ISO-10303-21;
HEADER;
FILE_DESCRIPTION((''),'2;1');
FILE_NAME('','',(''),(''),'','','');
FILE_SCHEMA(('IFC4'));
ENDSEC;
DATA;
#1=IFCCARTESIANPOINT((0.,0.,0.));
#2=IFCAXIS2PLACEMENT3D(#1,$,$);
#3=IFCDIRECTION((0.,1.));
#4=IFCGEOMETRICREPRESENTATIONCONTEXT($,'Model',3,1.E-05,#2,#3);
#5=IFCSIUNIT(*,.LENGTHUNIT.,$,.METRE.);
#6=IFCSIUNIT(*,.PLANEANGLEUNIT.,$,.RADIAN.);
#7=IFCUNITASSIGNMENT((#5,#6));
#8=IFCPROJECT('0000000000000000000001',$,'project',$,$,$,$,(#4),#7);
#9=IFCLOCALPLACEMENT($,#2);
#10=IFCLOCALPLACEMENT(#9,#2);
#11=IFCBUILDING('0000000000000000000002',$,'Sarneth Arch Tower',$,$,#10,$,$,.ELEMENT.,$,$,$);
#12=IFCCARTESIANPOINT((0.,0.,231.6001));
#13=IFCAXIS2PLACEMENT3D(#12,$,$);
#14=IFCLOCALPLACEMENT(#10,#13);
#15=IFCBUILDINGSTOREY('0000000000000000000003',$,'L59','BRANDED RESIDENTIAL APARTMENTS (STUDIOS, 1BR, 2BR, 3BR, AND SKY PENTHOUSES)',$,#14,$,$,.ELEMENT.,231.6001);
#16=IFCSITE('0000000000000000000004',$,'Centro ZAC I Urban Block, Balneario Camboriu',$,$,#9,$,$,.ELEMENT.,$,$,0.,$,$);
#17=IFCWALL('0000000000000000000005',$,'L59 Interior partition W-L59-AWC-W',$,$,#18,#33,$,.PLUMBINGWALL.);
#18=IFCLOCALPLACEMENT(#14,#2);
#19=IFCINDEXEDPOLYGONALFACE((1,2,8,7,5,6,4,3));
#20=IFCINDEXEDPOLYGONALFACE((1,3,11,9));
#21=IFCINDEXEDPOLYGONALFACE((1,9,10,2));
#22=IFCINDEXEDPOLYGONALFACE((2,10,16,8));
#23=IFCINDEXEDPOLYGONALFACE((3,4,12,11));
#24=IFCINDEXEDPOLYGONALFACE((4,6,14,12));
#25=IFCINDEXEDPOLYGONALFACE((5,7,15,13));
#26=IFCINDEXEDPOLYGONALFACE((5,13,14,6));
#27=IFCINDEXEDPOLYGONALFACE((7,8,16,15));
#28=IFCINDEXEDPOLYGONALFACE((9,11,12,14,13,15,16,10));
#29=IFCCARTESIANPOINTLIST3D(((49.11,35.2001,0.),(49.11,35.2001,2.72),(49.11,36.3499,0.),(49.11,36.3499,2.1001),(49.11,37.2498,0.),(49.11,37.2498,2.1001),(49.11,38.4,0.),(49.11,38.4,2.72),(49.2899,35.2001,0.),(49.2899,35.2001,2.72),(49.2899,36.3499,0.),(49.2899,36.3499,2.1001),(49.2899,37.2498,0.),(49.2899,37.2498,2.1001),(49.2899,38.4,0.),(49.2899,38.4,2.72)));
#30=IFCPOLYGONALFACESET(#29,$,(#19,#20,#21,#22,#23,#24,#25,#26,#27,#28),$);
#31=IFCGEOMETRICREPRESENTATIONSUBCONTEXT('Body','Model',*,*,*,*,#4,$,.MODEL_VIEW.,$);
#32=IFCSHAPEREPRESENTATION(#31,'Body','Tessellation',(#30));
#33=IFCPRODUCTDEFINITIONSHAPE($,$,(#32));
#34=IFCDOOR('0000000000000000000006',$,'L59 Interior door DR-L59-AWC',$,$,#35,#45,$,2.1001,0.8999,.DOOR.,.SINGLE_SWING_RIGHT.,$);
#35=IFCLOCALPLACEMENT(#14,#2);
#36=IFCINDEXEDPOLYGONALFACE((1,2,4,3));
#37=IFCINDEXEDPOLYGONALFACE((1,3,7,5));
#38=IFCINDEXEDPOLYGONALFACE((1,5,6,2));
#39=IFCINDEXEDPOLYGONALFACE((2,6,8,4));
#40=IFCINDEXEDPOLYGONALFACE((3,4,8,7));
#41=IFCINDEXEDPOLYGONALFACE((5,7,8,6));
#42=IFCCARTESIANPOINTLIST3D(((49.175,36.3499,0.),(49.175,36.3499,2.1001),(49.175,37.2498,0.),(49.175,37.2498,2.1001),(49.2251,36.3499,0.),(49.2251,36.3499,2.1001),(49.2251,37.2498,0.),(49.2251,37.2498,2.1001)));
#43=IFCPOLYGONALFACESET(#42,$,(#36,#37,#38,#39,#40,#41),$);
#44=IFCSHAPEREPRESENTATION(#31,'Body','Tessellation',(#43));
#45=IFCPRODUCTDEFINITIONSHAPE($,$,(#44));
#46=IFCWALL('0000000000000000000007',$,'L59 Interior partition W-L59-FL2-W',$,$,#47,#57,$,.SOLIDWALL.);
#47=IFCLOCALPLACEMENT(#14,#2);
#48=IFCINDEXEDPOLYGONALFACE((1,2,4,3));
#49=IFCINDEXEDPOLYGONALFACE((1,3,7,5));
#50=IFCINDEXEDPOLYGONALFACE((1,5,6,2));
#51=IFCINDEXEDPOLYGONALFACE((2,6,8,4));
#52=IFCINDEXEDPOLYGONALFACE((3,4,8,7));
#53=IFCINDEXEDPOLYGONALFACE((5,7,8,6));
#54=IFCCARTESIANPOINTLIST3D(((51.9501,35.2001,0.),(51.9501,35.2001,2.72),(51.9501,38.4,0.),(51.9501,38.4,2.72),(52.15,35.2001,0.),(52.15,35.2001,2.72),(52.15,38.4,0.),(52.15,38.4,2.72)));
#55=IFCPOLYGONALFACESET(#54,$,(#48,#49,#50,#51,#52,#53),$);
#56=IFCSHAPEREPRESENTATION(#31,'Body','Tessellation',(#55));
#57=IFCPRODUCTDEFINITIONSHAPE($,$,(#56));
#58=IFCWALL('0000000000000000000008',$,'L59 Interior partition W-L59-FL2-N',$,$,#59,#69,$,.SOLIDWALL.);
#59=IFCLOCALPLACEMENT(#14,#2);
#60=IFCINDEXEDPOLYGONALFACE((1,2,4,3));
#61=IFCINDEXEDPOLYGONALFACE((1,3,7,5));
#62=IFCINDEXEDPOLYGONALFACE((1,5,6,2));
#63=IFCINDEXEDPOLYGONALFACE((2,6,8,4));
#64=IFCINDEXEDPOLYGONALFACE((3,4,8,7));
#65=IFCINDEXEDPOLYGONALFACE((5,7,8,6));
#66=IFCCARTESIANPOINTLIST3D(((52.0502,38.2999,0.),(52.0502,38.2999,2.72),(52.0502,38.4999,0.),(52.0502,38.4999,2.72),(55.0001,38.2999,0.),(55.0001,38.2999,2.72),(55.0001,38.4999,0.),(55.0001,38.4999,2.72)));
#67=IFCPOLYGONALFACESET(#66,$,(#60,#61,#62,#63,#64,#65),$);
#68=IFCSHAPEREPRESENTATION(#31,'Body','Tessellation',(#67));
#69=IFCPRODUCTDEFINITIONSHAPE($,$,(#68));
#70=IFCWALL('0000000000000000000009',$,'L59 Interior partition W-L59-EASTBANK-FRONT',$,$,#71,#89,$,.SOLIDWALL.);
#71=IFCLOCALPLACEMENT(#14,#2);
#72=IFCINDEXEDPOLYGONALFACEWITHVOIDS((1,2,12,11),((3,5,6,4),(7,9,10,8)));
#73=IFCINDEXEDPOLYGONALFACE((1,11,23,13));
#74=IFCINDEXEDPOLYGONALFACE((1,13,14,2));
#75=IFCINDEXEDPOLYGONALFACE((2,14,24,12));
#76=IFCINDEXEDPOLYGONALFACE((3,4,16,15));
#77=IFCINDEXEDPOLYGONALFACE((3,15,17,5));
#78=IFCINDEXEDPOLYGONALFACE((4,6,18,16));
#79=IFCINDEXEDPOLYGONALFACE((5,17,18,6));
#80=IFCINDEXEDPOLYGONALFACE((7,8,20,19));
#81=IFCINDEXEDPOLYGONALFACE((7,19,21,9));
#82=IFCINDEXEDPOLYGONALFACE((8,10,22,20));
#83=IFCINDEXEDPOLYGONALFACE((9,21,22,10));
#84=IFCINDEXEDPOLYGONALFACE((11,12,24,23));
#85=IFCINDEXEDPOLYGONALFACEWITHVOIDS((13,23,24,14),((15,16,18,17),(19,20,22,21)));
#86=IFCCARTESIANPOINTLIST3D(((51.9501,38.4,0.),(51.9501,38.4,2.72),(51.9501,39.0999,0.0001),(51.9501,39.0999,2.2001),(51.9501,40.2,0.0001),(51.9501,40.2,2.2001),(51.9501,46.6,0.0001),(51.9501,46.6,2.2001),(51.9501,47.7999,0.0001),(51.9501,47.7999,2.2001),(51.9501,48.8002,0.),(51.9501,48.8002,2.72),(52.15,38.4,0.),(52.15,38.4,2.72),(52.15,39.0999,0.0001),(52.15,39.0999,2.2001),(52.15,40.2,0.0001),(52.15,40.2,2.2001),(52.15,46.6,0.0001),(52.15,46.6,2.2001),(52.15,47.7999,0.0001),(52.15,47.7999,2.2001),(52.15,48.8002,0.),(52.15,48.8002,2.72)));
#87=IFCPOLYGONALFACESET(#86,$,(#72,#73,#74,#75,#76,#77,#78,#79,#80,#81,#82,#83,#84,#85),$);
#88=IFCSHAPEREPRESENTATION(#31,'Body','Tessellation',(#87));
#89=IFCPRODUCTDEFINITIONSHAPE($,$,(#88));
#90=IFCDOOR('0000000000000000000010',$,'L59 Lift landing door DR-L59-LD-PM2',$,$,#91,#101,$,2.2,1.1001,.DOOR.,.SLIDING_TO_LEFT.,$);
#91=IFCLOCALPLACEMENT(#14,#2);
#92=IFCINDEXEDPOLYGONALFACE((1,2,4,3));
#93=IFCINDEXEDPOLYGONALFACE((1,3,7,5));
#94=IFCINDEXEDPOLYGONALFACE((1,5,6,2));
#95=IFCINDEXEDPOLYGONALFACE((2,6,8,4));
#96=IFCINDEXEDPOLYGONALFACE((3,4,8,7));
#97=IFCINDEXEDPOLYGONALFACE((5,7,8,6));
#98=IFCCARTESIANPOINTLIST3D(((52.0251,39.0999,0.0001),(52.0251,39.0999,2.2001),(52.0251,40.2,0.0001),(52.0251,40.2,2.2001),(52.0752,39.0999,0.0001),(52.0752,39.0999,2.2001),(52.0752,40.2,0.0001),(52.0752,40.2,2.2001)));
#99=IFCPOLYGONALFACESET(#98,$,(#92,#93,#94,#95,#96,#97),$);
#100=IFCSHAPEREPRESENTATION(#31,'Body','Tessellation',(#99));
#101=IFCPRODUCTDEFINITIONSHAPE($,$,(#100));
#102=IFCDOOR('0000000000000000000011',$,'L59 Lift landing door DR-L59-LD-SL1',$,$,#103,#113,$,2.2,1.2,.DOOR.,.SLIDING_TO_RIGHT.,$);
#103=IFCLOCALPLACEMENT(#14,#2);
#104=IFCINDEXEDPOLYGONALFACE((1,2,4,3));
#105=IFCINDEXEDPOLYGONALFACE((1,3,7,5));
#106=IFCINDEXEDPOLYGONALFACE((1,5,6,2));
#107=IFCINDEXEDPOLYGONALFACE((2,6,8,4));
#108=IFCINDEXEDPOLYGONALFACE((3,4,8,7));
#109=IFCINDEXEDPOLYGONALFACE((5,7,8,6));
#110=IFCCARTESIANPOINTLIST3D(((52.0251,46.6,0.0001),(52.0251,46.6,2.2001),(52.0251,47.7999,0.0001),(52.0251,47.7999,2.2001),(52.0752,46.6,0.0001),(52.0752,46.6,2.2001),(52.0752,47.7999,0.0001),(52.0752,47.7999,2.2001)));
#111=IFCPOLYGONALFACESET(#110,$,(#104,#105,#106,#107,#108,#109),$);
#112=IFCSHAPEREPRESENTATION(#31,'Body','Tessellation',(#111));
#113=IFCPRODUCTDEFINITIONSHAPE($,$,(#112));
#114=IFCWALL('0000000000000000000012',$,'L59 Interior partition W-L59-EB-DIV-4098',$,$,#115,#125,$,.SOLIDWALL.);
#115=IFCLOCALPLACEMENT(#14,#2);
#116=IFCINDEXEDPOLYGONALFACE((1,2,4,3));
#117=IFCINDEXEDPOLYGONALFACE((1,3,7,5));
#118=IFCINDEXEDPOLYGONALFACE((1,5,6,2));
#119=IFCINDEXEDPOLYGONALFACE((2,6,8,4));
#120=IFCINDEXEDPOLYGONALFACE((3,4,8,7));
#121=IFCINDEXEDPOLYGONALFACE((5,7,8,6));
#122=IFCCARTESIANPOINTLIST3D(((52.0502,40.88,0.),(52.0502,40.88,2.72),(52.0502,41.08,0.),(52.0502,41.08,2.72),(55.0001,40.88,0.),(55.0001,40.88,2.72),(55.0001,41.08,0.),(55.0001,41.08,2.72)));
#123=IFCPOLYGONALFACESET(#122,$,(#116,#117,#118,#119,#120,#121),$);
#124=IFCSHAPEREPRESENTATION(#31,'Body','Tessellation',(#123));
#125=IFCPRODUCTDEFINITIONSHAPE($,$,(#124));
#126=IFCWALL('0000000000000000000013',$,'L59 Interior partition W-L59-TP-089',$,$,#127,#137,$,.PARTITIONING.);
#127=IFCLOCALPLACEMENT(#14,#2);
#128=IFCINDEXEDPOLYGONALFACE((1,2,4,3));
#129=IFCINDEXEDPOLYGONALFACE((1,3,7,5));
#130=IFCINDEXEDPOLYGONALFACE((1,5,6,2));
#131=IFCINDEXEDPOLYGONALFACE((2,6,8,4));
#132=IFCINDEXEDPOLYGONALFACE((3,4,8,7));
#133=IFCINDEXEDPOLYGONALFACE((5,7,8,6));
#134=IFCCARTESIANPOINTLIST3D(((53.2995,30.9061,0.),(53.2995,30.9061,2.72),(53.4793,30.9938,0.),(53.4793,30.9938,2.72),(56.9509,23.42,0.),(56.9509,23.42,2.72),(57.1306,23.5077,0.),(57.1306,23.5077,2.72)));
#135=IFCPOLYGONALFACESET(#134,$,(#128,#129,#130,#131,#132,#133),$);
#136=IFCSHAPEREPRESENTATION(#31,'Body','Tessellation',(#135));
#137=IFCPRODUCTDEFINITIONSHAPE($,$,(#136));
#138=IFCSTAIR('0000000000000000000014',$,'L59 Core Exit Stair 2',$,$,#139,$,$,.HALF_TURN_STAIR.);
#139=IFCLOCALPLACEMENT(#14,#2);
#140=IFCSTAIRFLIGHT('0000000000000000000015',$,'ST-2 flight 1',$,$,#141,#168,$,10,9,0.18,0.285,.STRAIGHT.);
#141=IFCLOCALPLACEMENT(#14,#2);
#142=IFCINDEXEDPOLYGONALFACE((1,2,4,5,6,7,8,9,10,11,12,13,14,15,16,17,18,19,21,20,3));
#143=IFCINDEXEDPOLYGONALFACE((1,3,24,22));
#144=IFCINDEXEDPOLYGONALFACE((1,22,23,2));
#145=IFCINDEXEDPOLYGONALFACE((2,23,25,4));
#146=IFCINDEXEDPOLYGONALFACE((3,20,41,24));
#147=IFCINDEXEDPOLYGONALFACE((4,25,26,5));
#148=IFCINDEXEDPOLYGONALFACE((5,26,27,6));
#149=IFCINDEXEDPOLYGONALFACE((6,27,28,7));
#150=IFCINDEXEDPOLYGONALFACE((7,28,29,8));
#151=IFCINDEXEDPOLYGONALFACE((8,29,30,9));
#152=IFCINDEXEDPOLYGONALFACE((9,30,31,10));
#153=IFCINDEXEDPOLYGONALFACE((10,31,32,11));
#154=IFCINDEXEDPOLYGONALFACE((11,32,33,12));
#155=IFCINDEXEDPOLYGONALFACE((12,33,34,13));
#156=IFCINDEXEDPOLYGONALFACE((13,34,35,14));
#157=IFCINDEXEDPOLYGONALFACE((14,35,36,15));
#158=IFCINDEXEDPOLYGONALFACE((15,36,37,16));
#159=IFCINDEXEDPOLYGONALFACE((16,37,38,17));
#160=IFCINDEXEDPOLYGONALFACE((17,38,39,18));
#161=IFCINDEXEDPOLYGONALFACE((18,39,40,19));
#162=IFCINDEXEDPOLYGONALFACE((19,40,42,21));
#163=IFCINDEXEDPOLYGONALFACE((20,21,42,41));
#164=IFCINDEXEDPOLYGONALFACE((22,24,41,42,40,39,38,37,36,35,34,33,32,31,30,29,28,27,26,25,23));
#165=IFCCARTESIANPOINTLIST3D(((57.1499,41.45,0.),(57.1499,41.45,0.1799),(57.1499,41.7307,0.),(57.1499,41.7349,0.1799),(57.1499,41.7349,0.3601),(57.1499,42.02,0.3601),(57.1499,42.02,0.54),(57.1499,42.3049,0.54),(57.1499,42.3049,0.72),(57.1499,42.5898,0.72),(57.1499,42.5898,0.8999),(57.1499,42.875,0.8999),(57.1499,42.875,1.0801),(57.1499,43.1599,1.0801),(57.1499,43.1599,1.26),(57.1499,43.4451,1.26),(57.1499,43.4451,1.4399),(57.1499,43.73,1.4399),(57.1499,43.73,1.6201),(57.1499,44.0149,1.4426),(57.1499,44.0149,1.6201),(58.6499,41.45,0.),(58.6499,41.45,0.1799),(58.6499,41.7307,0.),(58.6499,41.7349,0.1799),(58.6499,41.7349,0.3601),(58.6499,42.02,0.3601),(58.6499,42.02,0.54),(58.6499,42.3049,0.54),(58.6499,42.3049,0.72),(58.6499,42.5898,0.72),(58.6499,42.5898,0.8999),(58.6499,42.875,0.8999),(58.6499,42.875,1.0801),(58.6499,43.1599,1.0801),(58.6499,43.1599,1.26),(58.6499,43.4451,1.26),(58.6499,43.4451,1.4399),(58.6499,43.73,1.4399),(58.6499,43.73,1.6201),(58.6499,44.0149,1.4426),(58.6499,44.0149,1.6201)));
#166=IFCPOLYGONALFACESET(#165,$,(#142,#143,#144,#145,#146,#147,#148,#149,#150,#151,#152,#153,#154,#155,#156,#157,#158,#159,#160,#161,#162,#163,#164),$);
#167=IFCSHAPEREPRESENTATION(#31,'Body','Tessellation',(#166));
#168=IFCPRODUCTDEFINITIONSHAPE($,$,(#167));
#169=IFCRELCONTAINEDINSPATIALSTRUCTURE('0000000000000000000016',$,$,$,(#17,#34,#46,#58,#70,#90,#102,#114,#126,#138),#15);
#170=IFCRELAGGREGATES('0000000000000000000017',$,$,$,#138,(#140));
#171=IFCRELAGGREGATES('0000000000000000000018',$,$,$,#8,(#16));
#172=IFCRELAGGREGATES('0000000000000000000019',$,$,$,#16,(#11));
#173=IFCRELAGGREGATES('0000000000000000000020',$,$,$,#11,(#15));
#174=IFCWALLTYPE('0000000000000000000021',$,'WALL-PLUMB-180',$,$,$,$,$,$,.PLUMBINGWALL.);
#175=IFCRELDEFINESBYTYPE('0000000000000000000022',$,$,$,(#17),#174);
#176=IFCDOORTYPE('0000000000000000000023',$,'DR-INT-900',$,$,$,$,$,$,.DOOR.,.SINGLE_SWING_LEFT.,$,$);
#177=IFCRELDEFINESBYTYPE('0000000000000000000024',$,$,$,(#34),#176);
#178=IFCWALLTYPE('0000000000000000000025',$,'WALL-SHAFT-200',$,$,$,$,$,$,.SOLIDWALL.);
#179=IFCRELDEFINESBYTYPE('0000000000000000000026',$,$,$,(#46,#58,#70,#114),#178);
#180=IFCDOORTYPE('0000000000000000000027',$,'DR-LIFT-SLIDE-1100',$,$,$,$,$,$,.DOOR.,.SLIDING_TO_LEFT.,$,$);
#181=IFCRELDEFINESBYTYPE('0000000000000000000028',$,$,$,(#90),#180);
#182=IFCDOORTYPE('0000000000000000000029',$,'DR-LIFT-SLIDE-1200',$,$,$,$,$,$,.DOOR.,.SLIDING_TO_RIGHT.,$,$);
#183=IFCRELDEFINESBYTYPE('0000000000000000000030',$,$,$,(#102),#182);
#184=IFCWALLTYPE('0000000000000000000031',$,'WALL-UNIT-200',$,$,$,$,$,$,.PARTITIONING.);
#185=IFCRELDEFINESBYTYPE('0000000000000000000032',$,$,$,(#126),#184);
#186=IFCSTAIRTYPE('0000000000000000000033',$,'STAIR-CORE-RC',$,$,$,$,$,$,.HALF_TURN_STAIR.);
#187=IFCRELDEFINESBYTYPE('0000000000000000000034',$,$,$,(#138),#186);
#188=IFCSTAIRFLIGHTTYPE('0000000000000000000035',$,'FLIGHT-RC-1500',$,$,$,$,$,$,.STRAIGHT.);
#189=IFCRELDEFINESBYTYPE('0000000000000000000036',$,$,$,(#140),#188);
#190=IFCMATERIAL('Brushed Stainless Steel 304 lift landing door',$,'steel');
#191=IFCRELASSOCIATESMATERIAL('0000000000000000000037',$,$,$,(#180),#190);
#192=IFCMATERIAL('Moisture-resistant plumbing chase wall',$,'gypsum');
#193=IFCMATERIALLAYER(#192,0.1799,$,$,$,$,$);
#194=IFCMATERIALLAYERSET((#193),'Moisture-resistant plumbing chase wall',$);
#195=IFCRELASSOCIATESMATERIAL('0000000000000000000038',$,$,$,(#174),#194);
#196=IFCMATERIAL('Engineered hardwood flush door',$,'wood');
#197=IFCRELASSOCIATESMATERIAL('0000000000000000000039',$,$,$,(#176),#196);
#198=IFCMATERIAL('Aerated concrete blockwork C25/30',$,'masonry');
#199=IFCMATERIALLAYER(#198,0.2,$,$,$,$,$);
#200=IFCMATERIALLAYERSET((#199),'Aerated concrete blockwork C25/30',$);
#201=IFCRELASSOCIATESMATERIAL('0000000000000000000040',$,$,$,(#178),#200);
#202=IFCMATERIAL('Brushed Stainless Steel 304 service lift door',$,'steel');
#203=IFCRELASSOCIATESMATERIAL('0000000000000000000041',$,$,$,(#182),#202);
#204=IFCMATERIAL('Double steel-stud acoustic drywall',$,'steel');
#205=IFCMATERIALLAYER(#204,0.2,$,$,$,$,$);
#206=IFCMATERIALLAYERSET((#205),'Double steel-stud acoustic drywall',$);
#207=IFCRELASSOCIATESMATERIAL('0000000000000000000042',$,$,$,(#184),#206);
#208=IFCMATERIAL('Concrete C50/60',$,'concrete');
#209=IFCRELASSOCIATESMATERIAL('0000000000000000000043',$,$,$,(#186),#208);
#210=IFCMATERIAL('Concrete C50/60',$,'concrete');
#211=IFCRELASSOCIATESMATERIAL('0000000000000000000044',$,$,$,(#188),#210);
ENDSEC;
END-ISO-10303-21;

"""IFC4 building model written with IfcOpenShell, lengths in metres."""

from ifc_helpers import new_model, si_unit, direction, frame, frame_2d, origin, place, context, subcontext, project, spatial, polyline, rectangle, outline, extrude, material, layer, layer_set, type_object, element, fill, aggregate, save


model = new_model("IFC4")

# Units and contexts
model_context = context("Model", 3, precision=1e-05, world=origin(), true_north=direction((0.0, 1.0)))
body_context = subcontext(model_context, "Body", "Model", "MODEL_VIEW")
ifc_project = project(units=[si_unit("LENGTHUNIT", "METRE"), si_unit("PLANEANGLEUNIT", "RADIAN")], contexts=[model_context])

# Site, building, storey
site_placement = place(None, origin())
site = spatial("IfcSite", under=ifc_project, at=site_placement, Name="Centro ZAC I Urban Block, Balneario Camboriu", CompositionType="ELEMENT", RefElevation=0.0)
building_placement = place(site_placement, origin())
building = spatial("IfcBuilding", under=site, at=building_placement, Name="Sarneth Arch Tower", CompositionType="ELEMENT")
storey_placement = place(building_placement, frame((0.0, 0.0, 231.6001)))
storey = spatial("IfcBuildingStorey", under=building, at=storey_placement, Name="L59", Description="BRANDED RESIDENTIAL APARTMENTS (STUDIOS, 1BR, 2BR, 3BR, AND SKY PENTHOUSES)", CompositionType="ELEMENT", Elevation=231.6001)

# Shared definitions
ifc_material_1 = material(Name="Brushed Stainless Steel 304 lift landing door", Category="steel")
door_type_1 = type_object("IfcDoorType", Name="DR-LIFT-SLIDE-1100", OperationType="SLIDING_TO_LEFT", PredefinedType="DOOR", material=ifc_material_1)

# Shared definitions
ifc_material_2 = material(Name="Moisture-resistant plumbing chase wall", Category="gypsum")
ifc_layer_1 = layer(ifc_material_2, 0.1799)
ifc_layer_set_1 = layer_set([ifc_layer_1], Name="Moisture-resistant plumbing chase wall")
wall_type_1 = type_object("IfcWallType", Name="WALL-PLUMB-180", PredefinedType="PLUMBINGWALL", material=ifc_layer_set_1)

# Wall, opening, door
wall_1_placement = place(storey_placement, frame((49.2, 35.2, 0.0), z_axis=(0.0, 0.0, 1.0), x_axis=(0.0, 1.0, 0.0)))
wall_1 = element("IfcWall", 1, at=wall_1_placement, inside=storey, type_object=wall_type_1, Name="L59 Interior partition W-L59-AWC-W", PredefinedType="PLUMBINGWALL", context=body_context, shape_type="SweptSolid", body=[
    extrude(rectangle(XDim=3.2, YDim=0.1799, at=frame_2d((1.6001, 0.0))), origin(), (0.0, 0.0, 1.0), 2.72),
])
opening_1_placement = place(wall_1_placement, frame((1.1499, 0.0, 0.0)))
opening_1 = element("IfcOpeningElement", 2, at=opening_1_placement, cuts=wall_1, PredefinedType="OPENING", context=body_context, shape_type="SweptSolid", body=[
    extrude(rectangle(XDim=0.8999, YDim=2.1001, at=frame_2d((0.45, 1.05))), frame((0.0, 0.0999, 0.0), z_axis=(0.0, -1.0, 0.0), x_axis=(1.0, 0.0, 0.0)), (0.0, 0.0, 1.0), 0.2),
])
ifc_material_3 = material(Name="Engineered hardwood flush door", Category="wood")
door_type_2 = type_object("IfcDoorType", Name="DR-INT-900", OperationType="SINGLE_SWING_LEFT", PredefinedType="DOOR", material=ifc_material_3)
door_1_placement = place(opening_1_placement, origin())
door_1 = element("IfcDoor", 3, at=door_1_placement, inside=storey, type_object=door_type_2, Name="L59 Interior door DR-L59-AWC", OperationType="SINGLE_SWING_RIGHT", OverallHeight=2.1001, OverallWidth=0.8999, PredefinedType="DOOR", context=body_context, shape_type="SweptSolid", body=[
    extrude(rectangle(XDim=0.8999, YDim=2.1001, at=frame_2d((0.45, 1.05))), frame((0.0, 0.0249, 0.0), z_axis=(0.0, -1.0, 0.0), x_axis=(1.0, 0.0, 0.0)), (0.0, 0.0, 1.0), 0.05),
])
fill(opening_1, door_1)
ifc_material_4 = material(Name="Aerated concrete blockwork C25/30", Category="masonry")
ifc_layer_2 = layer(ifc_material_4, 0.2)
ifc_layer_set_2 = layer_set([ifc_layer_2], Name="Aerated concrete blockwork C25/30")
wall_type_2 = type_object("IfcWallType", Name="WALL-SHAFT-200", PredefinedType="SOLIDWALL", material=ifc_layer_set_2)

# Walls
wall_2_placement = place(storey_placement, frame((52.05, 35.2, 0.0), z_axis=(0.0, 0.0, 1.0), x_axis=(0.0, 1.0, 0.0)))
element("IfcWall", 4, at=wall_2_placement, inside=storey, type_object=wall_type_2, Name="L59 Interior partition W-L59-FL2-W", PredefinedType="SOLIDWALL", context=body_context, shape_type="SweptSolid", body=[
    extrude(rectangle(XDim=3.2, YDim=0.2, at=frame_2d((1.6001, 0.0))), origin(), (0.0, 0.0, 1.0), 2.72),
])
wall_3_placement = place(storey_placement, frame((52.05, 38.3999, 0.0), z_axis=(0.0, 0.0, 1.0), x_axis=(1.0, 0.0, 0.0)))
element("IfcWall", 5, at=wall_3_placement, inside=storey, type_object=wall_type_2, Name="L59 Interior partition W-L59-FL2-N", PredefinedType="SOLIDWALL", context=body_context, shape_type="SweptSolid", body=[
    extrude(rectangle(XDim=2.95, YDim=0.2, at=frame_2d((1.4751, 0.0))), origin(), (0.0, 0.0, 1.0), 2.72),
])

# Wall, openings, doors
wall_4_placement = place(storey_placement, frame((52.05, 38.3999, 0.0), z_axis=(0.0, 0.0, 1.0), x_axis=(0.0, 1.0, 0.0)))
wall_4 = element("IfcWall", 6, at=wall_4_placement, inside=storey, type_object=wall_type_2, Name="L59 Interior partition W-L59-EASTBANK-FRONT", PredefinedType="SOLIDWALL", context=body_context, shape_type="SweptSolid", body=[
    extrude(rectangle(XDim=10.4001, YDim=0.2, at=frame_2d((5.2002, 0.0))), origin(), (0.0, 0.0, 1.0), 2.72),
])
opening_2_placement = place(wall_4_placement, frame((0.7, 0.0, 0.0)))
opening_2 = element("IfcOpeningElement", 7, at=opening_2_placement, cuts=wall_4, PredefinedType="OPENING", context=body_context, shape_type="SweptSolid", body=[
    extrude(rectangle(XDim=1.1001, YDim=2.2, at=frame_2d((0.55, 1.1001))), frame((0.0, 0.1099, 0.0), z_axis=(0.0, -1.0, 0.0), x_axis=(1.0, 0.0, 0.0)), (0.0, 0.0, 1.0), 0.22),
])
opening_3_placement = place(wall_4_placement, frame((8.2, 0.0, 0.0)))
opening_3 = element("IfcOpeningElement", 8, at=opening_3_placement, cuts=wall_4, PredefinedType="OPENING", context=body_context, shape_type="SweptSolid", body=[
    extrude(rectangle(XDim=1.2, YDim=2.2, at=frame_2d((0.6001, 1.1001))), frame((0.0, 0.1099, 0.0), z_axis=(0.0, -1.0, 0.0), x_axis=(1.0, 0.0, 0.0)), (0.0, 0.0, 1.0), 0.22),
])
door_2_placement = place(opening_2_placement, origin())
door_2 = element("IfcDoor", 9, at=door_2_placement, inside=storey, type_object=door_type_1, Name="L59 Lift landing door DR-L59-LD-PM2", OperationType="SLIDING_TO_LEFT", OverallHeight=2.2, OverallWidth=1.1001, PredefinedType="DOOR", context=body_context, shape_type="SweptSolid", body=[
    extrude(rectangle(XDim=1.1001, YDim=2.2, at=frame_2d((0.55, 1.1001))), frame((0.0, 0.0249, 0.0), z_axis=(0.0, -1.0, 0.0), x_axis=(1.0, 0.0, 0.0)), (0.0, 0.0, 1.0), 0.05),
])
fill(opening_2, door_2)
ifc_material_5 = material(Name="Brushed Stainless Steel 304 service lift door", Category="steel")
door_type_3 = type_object("IfcDoorType", Name="DR-LIFT-SLIDE-1200", OperationType="SLIDING_TO_RIGHT", PredefinedType="DOOR", material=ifc_material_5)
door_3_placement = place(opening_3_placement, origin())
door_3 = element("IfcDoor", 10, at=door_3_placement, inside=storey, type_object=door_type_3, Name="L59 Lift landing door DR-L59-LD-SL1", OperationType="SLIDING_TO_RIGHT", OverallHeight=2.2, OverallWidth=1.2, PredefinedType="DOOR", context=body_context, shape_type="SweptSolid", body=[
    extrude(rectangle(XDim=1.2, YDim=2.2, at=frame_2d((0.6001, 1.1001))), frame((0.0, 0.0249, 0.0), z_axis=(0.0, -1.0, 0.0), x_axis=(1.0, 0.0, 0.0)), (0.0, 0.0, 1.0), 0.05),
])
fill(opening_3, door_3)

# Walls
wall_5_placement = place(storey_placement, frame((52.05, 40.98, 0.0), z_axis=(0.0, 0.0, 1.0), x_axis=(1.0, 0.0, 0.0)))
element("IfcWall", 11, at=wall_5_placement, inside=storey, type_object=wall_type_2, Name="L59 Interior partition W-L59-EB-DIV-4098", PredefinedType="SOLIDWALL", context=body_context, shape_type="SweptSolid", body=[
    extrude(rectangle(XDim=2.95, YDim=0.2, at=frame_2d((1.4751, 0.0))), origin(), (0.0, 0.0, 1.0), 2.72),
])
ifc_material_6 = material(Name="Double steel-stud acoustic drywall", Category="steel")
ifc_layer_3 = layer(ifc_material_6, 0.2)
ifc_layer_set_3 = layer_set([ifc_layer_3], Name="Double steel-stud acoustic drywall")
wall_type_3 = type_object("IfcWallType", Name="WALL-UNIT-200", PredefinedType="PARTITIONING", material=ifc_layer_set_3)
wall_6_placement = place(storey_placement, frame((53.3894, 30.95, 0.0), z_axis=(0.0, 0.0, 1.0), x_axis=(0.438387, -0.898786, 0.0)))
element("IfcWall", 12, at=wall_6_placement, inside=storey, type_object=wall_type_3, Name="L59 Interior partition W-L59-TP-089", PredefinedType="PARTITIONING", context=body_context, shape_type="SweptSolid", body=[
    extrude(rectangle(XDim=8.3291, YDim=0.2, at=frame_2d((4.1646, 0.0))), origin(), (0.0, 0.0, 1.0), 2.72),
])

# Stair, stair flight
ifc_material_7 = material(Name="Concrete C50/60", Category="concrete")
stair_type = type_object("IfcStairType", Name="STAIR-CORE-RC", PredefinedType="HALF_TURN_STAIR", material=ifc_material_7)
stair_placement = place(storey_placement, origin())
stair = element("IfcStair", 13, at=stair_placement, inside=storey, type_object=stair_type, Name="L59 Core Exit Stair 2", PredefinedType="HALF_TURN_STAIR")
ifc_material_8 = material(Name="Concrete C50/60", Category="concrete")
stair_flight_type = type_object("IfcStairFlightType", Name="FLIGHT-RC-1500", PredefinedType="STRAIGHT", material=ifc_material_8)
stair_flight_placement = place(storey_placement, frame((57.8999, 41.45, 0.0), z_axis=(0.0, 0.0, 1.0), x_axis=(0.0, 1.0, 0.0)))
stair_flight = element("IfcStairFlight", 14, at=stair_flight_placement, type_object=stair_flight_type, Name="ST-2 flight 1", NumberOfRisers=10, NumberOfTreads=9, PredefinedType="STRAIGHT", RiserHeight=0.18, TreadLength=0.285, context=body_context, shape_type="SweptSolid", body=[
    extrude(outline(polyline([(0.0, 0.0), (0.0, 0.1799), (0.2849, 0.1799), (0.2849, 0.3601), (0.5701, 0.3601), (0.5701, 0.54), (0.855, 0.54), (0.855, 0.72), (1.1399, 0.72), (1.1399, 0.8999), (1.425, 0.8999), (1.425, 1.0801), (1.71, 1.0801), (1.71, 1.26), (1.9951, 1.26), (1.9951, 1.4399), (2.28, 1.4399), (2.28, 1.6201), (2.5649, 1.6201), (2.5649, 1.8), (2.5649, 1.4426), (0.2808, 0.0), (0.0, 0.0)])), frame((0.0, 0.75, 0.0), z_axis=(0.0, -1.0, 0.0), x_axis=(1.0, 0.0, 0.0)), (0.0, 0.0, 1.0), 1.5),
])
aggregate(stair, [stair_flight])

save(model, "model.ifc")
